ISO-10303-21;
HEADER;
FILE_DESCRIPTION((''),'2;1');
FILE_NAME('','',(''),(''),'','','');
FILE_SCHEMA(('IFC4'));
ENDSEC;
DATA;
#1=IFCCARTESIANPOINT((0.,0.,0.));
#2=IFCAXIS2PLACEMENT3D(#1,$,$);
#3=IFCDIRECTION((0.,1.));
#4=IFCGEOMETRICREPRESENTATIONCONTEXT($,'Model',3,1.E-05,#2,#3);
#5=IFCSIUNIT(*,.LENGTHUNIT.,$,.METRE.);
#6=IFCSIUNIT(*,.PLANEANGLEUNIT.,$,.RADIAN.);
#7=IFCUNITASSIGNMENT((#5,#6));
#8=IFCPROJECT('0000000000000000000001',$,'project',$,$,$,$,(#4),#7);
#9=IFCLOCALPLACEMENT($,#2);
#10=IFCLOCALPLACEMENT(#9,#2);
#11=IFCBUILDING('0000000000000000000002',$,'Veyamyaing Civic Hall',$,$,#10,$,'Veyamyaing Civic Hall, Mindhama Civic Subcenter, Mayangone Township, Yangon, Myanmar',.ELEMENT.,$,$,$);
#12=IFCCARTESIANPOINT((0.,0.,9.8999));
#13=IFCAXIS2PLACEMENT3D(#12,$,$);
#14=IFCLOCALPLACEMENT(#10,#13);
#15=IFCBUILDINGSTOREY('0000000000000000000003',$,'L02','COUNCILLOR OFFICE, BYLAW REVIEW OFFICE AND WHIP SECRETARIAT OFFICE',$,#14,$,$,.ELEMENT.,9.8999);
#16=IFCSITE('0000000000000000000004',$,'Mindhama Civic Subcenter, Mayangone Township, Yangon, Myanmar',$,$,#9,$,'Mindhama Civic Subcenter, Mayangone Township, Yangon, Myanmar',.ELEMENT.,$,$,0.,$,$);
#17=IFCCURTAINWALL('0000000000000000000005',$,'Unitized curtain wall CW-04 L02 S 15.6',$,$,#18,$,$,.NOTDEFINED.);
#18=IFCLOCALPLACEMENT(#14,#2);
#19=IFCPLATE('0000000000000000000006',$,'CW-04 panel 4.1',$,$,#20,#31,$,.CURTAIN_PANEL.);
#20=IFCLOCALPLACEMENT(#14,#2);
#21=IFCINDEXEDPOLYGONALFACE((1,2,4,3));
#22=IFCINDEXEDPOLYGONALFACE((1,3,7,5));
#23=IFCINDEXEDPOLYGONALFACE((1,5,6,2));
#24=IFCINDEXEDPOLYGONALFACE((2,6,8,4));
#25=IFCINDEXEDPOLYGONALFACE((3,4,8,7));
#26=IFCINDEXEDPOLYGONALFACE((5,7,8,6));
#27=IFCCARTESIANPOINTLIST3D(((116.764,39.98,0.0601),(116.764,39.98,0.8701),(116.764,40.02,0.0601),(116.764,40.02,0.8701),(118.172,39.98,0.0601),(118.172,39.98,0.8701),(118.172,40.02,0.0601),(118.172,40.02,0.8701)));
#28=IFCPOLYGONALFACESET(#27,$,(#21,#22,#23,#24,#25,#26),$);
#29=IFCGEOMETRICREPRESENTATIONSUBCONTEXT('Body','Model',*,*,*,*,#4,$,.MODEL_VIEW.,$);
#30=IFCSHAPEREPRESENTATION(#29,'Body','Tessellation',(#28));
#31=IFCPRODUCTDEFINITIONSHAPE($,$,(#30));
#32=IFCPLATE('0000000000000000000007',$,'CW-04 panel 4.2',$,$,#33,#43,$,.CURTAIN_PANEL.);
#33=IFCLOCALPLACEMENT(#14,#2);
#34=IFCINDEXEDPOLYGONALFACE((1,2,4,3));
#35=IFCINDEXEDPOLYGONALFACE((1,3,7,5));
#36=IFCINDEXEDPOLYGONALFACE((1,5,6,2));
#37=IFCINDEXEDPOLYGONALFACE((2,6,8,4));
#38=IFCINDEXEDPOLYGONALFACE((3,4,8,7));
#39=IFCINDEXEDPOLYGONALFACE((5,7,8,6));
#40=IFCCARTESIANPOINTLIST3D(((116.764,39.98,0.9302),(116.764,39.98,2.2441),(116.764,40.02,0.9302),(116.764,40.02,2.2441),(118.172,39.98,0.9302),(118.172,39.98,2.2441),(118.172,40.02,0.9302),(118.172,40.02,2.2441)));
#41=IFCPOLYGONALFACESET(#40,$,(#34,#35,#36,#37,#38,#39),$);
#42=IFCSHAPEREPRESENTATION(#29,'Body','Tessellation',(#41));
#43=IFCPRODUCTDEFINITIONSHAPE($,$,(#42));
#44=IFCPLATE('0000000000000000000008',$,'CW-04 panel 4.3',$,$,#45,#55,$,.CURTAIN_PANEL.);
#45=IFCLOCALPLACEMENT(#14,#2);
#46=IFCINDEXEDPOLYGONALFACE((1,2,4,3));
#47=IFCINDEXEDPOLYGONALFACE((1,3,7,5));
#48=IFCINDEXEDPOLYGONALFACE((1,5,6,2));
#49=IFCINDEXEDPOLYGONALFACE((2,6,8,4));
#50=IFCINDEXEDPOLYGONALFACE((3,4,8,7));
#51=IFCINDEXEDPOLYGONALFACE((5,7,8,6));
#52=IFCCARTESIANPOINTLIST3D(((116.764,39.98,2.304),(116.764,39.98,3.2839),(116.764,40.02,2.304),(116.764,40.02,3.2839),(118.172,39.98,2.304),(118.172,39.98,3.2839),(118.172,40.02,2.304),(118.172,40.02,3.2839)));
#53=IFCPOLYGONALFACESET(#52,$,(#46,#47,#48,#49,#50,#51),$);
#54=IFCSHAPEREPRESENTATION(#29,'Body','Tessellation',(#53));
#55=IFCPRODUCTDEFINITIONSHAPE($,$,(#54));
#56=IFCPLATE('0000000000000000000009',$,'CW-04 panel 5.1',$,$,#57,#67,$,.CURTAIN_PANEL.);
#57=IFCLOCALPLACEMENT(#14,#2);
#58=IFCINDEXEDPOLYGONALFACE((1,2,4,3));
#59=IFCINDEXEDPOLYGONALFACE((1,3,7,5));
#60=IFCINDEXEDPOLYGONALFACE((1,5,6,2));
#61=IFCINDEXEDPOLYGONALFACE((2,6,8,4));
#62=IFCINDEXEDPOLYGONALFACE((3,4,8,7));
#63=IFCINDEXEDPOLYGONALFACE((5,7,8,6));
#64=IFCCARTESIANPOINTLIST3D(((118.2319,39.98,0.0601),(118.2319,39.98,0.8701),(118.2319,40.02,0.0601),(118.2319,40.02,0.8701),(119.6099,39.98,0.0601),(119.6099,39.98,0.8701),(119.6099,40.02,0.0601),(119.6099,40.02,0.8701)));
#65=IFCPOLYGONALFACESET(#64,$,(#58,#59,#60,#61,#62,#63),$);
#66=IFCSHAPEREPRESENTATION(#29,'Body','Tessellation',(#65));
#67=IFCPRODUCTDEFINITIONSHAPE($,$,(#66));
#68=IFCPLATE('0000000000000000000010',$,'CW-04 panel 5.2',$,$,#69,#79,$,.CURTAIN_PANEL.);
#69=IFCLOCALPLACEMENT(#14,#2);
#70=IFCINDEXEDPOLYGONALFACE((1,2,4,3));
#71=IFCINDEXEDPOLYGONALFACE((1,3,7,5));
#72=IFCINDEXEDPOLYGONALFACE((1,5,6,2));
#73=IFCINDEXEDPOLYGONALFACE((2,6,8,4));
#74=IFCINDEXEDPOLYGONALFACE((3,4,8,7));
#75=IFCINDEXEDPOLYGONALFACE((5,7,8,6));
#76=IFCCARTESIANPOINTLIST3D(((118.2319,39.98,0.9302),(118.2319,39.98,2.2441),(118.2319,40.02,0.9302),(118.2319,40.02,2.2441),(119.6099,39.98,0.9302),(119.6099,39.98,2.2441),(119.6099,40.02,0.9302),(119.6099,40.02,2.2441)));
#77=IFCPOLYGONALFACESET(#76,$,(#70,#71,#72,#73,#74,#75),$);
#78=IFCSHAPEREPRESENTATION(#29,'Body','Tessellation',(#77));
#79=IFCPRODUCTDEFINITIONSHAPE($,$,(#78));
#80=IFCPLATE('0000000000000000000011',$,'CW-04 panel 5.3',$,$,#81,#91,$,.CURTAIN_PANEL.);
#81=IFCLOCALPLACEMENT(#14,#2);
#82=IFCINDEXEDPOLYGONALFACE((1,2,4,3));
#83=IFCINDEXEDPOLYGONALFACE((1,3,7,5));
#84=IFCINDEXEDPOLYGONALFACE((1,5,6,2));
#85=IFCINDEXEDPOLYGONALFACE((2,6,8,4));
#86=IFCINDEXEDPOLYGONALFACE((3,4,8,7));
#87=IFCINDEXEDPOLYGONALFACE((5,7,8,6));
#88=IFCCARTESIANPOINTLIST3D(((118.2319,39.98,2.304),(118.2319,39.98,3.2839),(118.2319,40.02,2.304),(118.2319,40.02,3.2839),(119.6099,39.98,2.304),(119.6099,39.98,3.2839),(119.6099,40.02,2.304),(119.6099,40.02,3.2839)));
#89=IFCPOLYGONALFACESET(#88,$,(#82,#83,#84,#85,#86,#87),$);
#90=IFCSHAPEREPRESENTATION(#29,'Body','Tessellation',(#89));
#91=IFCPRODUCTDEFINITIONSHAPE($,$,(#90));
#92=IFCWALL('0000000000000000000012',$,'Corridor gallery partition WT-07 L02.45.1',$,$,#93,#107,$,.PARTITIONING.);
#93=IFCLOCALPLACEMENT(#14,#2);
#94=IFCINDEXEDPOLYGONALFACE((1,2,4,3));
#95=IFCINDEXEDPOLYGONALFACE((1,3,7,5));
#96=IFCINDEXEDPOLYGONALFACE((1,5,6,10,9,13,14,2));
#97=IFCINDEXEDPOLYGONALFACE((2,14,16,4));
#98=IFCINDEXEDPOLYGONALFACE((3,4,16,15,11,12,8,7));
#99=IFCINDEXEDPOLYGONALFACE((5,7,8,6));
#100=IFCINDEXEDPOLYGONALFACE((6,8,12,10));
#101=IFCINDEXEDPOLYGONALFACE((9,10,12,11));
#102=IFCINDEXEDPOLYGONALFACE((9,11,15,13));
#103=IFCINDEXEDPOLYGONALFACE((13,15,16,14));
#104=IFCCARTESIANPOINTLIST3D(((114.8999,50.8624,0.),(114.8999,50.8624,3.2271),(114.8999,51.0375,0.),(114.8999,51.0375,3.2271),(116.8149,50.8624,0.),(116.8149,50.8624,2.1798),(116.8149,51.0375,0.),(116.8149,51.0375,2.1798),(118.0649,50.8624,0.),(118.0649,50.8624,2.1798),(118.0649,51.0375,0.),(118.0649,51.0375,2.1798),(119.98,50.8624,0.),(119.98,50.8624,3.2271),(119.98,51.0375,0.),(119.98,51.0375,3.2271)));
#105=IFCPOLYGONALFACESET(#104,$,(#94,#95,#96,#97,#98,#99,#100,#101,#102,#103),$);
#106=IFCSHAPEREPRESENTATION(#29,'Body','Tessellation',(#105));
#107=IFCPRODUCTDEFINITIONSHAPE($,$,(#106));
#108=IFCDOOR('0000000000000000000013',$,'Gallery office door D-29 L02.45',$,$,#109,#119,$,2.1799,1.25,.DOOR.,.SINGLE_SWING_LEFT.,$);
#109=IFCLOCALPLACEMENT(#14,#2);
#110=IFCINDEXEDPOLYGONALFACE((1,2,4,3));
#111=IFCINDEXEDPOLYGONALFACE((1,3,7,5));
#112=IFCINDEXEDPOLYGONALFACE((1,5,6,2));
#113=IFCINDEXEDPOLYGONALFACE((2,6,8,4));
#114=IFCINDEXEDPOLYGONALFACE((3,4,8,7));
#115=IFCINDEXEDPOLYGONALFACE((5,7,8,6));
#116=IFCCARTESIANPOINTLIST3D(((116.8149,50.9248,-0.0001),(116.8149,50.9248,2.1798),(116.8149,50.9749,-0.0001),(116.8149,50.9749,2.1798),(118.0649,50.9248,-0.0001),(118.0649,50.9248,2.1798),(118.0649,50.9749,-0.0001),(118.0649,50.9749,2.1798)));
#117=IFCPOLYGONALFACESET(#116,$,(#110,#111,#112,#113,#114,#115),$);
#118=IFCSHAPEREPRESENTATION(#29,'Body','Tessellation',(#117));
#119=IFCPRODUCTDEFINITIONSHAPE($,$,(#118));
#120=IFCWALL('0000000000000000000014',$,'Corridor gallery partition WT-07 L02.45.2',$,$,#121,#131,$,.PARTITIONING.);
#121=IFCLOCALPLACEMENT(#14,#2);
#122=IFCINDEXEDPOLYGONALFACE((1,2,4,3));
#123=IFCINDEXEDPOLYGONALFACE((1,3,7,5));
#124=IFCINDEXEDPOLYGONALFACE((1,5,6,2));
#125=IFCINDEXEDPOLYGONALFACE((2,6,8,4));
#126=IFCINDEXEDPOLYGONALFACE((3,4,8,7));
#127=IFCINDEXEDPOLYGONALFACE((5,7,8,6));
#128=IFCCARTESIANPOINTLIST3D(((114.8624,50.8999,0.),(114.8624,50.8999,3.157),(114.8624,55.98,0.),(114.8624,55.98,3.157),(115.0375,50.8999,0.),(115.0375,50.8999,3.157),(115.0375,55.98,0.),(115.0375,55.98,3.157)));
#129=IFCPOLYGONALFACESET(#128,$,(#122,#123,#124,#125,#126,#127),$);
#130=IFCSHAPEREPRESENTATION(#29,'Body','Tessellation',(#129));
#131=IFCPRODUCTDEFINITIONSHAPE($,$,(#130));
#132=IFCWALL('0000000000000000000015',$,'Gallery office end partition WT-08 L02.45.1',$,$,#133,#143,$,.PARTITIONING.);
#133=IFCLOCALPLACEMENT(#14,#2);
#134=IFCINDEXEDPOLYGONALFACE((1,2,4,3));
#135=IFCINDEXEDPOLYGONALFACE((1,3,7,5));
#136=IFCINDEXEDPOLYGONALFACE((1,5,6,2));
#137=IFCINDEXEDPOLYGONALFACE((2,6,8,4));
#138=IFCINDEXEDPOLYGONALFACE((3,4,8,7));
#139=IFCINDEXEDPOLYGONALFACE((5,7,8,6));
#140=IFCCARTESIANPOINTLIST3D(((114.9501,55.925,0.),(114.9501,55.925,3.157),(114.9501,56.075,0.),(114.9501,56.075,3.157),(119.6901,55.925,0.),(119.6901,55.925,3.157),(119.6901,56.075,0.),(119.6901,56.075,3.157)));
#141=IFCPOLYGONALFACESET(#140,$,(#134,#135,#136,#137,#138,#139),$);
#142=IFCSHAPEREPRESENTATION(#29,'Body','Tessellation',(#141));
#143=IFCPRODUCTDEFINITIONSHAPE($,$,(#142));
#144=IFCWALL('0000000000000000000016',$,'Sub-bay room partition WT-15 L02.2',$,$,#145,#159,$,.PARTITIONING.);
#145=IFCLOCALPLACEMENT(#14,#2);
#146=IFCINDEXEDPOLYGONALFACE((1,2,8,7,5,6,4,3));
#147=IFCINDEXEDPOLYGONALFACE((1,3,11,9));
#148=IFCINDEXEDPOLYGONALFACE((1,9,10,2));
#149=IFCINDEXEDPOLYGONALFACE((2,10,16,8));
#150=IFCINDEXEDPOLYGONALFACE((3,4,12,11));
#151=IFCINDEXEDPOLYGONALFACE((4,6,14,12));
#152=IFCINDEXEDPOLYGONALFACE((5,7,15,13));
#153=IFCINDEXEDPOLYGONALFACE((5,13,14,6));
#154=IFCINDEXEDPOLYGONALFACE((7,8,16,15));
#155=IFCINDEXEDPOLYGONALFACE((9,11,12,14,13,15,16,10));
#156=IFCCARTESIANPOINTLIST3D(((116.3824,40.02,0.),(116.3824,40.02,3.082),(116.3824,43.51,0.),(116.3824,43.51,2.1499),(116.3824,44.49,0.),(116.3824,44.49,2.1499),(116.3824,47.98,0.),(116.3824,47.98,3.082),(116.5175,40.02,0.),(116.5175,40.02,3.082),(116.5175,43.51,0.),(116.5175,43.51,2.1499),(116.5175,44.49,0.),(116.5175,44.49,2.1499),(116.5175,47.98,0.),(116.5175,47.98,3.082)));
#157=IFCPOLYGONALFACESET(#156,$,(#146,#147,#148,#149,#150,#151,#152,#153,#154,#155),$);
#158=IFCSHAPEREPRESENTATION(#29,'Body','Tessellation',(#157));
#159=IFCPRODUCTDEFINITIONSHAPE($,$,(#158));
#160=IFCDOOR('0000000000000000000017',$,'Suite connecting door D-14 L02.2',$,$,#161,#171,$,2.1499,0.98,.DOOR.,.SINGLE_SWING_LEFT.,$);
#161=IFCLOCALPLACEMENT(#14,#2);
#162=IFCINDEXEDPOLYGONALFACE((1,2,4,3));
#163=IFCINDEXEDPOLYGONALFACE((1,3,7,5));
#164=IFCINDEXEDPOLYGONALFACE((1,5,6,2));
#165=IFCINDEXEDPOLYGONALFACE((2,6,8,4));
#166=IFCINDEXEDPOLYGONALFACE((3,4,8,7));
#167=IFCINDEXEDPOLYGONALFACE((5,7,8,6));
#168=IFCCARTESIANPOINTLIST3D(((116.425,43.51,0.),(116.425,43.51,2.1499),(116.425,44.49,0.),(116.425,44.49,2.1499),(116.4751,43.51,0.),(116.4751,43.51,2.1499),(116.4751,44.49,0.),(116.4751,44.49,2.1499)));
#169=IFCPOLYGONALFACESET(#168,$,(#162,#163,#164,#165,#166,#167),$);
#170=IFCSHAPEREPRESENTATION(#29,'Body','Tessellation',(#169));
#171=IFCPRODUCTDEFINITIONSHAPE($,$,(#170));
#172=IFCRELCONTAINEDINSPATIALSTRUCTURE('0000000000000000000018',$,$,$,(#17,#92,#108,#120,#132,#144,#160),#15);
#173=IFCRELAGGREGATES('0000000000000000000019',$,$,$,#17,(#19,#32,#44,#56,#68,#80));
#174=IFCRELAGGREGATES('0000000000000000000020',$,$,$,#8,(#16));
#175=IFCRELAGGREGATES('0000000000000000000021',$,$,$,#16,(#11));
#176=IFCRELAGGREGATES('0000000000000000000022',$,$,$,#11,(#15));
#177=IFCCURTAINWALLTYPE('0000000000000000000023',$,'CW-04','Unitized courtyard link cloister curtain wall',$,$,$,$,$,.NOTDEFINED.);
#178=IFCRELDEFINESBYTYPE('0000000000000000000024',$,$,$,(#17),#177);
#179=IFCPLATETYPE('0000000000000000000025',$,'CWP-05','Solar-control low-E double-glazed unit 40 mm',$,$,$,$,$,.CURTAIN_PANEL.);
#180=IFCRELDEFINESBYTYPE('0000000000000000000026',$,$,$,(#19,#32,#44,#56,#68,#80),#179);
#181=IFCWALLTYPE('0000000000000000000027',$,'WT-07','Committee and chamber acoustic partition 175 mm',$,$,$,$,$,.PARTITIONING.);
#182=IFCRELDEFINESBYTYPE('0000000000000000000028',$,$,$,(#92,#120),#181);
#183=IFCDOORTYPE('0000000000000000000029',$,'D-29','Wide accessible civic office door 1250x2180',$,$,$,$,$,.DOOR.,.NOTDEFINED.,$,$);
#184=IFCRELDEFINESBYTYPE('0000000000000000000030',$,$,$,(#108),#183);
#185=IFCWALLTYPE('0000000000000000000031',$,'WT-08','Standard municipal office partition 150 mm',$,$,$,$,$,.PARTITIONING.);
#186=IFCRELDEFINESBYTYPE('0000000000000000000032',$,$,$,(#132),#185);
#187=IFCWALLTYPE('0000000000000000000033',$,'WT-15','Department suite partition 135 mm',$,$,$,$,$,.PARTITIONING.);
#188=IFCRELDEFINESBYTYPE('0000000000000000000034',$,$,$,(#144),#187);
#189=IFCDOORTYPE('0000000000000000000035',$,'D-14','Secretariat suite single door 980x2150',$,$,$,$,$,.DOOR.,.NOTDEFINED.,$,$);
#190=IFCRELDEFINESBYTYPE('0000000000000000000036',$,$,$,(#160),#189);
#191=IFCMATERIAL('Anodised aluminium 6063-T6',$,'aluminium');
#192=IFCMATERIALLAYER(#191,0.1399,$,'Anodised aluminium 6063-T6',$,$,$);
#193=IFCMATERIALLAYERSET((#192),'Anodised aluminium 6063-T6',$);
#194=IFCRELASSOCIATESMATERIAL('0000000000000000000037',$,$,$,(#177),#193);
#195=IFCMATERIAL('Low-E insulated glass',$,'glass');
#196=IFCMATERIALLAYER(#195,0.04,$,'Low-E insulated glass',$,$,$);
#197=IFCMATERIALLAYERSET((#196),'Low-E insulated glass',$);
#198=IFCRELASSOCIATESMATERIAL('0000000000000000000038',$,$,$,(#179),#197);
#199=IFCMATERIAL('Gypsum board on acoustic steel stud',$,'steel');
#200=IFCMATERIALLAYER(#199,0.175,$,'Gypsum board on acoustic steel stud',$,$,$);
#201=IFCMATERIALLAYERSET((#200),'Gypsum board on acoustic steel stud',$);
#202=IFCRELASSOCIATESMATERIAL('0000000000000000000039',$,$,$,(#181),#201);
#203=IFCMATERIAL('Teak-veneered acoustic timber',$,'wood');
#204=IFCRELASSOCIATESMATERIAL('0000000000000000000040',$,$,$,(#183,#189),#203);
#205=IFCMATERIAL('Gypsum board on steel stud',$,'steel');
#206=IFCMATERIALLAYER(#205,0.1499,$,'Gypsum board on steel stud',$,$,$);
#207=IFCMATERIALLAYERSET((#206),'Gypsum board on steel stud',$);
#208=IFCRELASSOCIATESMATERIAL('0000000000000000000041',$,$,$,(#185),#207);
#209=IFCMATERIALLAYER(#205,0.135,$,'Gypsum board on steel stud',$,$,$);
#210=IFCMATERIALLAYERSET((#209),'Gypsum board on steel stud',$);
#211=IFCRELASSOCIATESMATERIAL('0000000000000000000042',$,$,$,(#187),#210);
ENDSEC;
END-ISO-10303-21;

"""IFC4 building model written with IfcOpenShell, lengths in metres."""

from ifc_helpers import new_model, si_unit, direction, frame, frame_2d, origin, origin_2d, place, context, subcontext, project, spatial, rectangle, extrude, material, layer, layer_set, type_object, element, fill, aggregate, save


model = new_model("IFC4")

# Units and contexts
model_context = context("Model", 3, precision=1e-05, world=origin(), true_north=direction((0.0, 1.0)))
body_context = subcontext(model_context, "Body", "Model", "MODEL_VIEW")
ifc_project = project(units=[si_unit("LENGTHUNIT", "METRE"), si_unit("PLANEANGLEUNIT", "RADIAN")], contexts=[model_context])

# Site, building, storey
site_placement = place(None, origin())
site = spatial("IfcSite", under=ifc_project, at=site_placement, Name="Mindhama Civic Subcenter, Mayangone Township, Yangon, Myanmar", LongName="Mindhama Civic Subcenter, Mayangone Township, Yangon, Myanmar", CompositionType="ELEMENT", RefElevation=0.0)
building_placement = place(site_placement, origin())
building = spatial("IfcBuilding", under=site, at=building_placement, Name="Veyamyaing Civic Hall", LongName="Veyamyaing Civic Hall, Mindhama Civic Subcenter, Mayangone Township, Yangon, Myanmar", CompositionType="ELEMENT")
storey_placement = place(building_placement, frame((0.0, 0.0, 9.8999)))
storey = spatial("IfcBuildingStorey", under=building, at=storey_placement, Name="L02", Description="COUNCILLOR OFFICE, BYLAW REVIEW OFFICE AND WHIP SECRETARIAT OFFICE", CompositionType="ELEMENT", Elevation=9.8999)

# Curtain wall, plates
ifc_material_1 = material(Name="Anodised aluminium 6063-T6", Category="aluminium")
ifc_layer_1 = layer(ifc_material_1, 0.1399, Name="Anodised aluminium 6063-T6")
ifc_layer_set_1 = layer_set([ifc_layer_1], Name="Anodised aluminium 6063-T6")
curtain_wall_type = type_object("IfcCurtainWallType", Name="CW-04", Description="Unitized courtyard link cloister curtain wall", PredefinedType="NOTDEFINED", material=ifc_layer_set_1)
curtain_wall_placement = place(storey_placement, origin())
curtain_wall = element("IfcCurtainWall", 1, at=curtain_wall_placement, inside=storey, type_object=curtain_wall_type, Name="Unitized curtain wall CW-04 L02 S 15.6", PredefinedType="NOTDEFINED")
ifc_material_2 = material(Name="Low-E insulated glass", Category="glass")
ifc_layer_2 = layer(ifc_material_2, 0.04, Name="Low-E insulated glass")
ifc_layer_set_2 = layer_set([ifc_layer_2], Name="Low-E insulated glass")
plate_type = type_object("IfcPlateType", Name="CWP-05", Description="Solar-control low-E double-glazed unit 40 mm", PredefinedType="CURTAIN_PANEL", material=ifc_layer_set_2)
plate_1_placement = place(storey_placement, frame((117.468, 40.0, 0.0601), z_axis=(0.0, 0.0, 1.0), x_axis=(1.0, 0.0, 0.0)))
plate_1 = element("IfcPlate", 2, at=plate_1_placement, type_object=plate_type, Name="CW-04 panel 4.1", PredefinedType="CURTAIN_PANEL", context=body_context, shape_type="SweptSolid", body=[
    extrude(rectangle(XDim=1.408, YDim=0.04, at=origin_2d()), origin(), (0.0, 0.0, 1.0), 0.8101),
])
plate_2_placement = place(storey_placement, frame((117.468, 40.0, 0.9302), z_axis=(0.0, 0.0, 1.0), x_axis=(1.0, 0.0, 0.0)))
plate_2 = element("IfcPlate", 3, at=plate_2_placement, type_object=plate_type, Name="CW-04 panel 4.2", PredefinedType="CURTAIN_PANEL", context=body_context, shape_type="SweptSolid", body=[
    extrude(rectangle(XDim=1.408, YDim=0.04, at=origin_2d()), origin(), (0.0, 0.0, 1.0), 1.314),
])
plate_3_placement = place(storey_placement, frame((117.468, 40.0, 2.304), z_axis=(0.0, 0.0, 1.0), x_axis=(1.0, 0.0, 0.0)))
plate_3 = element("IfcPlate", 4, at=plate_3_placement, type_object=plate_type, Name="CW-04 panel 4.3", PredefinedType="CURTAIN_PANEL", context=body_context, shape_type="SweptSolid", body=[
    extrude(rectangle(XDim=1.408, YDim=0.04, at=origin_2d()), origin(), (0.0, 0.0, 1.0), 0.98),
])
plate_4_placement = place(storey_placement, frame((118.9209, 40.0, 0.0601), z_axis=(0.0, 0.0, 1.0), x_axis=(1.0, 0.0, 0.0)))
plate_4 = element("IfcPlate", 5, at=plate_4_placement, type_object=plate_type, Name="CW-04 panel 5.1", PredefinedType="CURTAIN_PANEL", context=body_context, shape_type="SweptSolid", body=[
    extrude(rectangle(XDim=1.3779, YDim=0.04, at=origin_2d()), origin(), (0.0, 0.0, 1.0), 0.8101),
])
plate_5_placement = place(storey_placement, frame((118.9209, 40.0, 0.9302), z_axis=(0.0, 0.0, 1.0), x_axis=(1.0, 0.0, 0.0)))
plate_5 = element("IfcPlate", 6, at=plate_5_placement, type_object=plate_type, Name="CW-04 panel 5.2", PredefinedType="CURTAIN_PANEL", context=body_context, shape_type="SweptSolid", body=[
    extrude(rectangle(XDim=1.3779, YDim=0.04, at=origin_2d()), origin(), (0.0, 0.0, 1.0), 1.314),
])
plate_6_placement = place(storey_placement, frame((118.9209, 40.0, 2.304), z_axis=(0.0, 0.0, 1.0), x_axis=(1.0, 0.0, 0.0)))
plate_6 = element("IfcPlate", 7, at=plate_6_placement, type_object=plate_type, Name="CW-04 panel 5.3", PredefinedType="CURTAIN_PANEL", context=body_context, shape_type="SweptSolid", body=[
    extrude(rectangle(XDim=1.3779, YDim=0.04, at=origin_2d()), origin(), (0.0, 0.0, 1.0), 0.98),
])
aggregate(curtain_wall, [plate_1, plate_2, plate_3, plate_4, plate_5, plate_6])

# Wall, opening, door
ifc_material_3 = material(Name="Gypsum board on acoustic steel stud", Category="steel")
ifc_layer_3 = layer(ifc_material_3, 0.175, Name="Gypsum board on acoustic steel stud")
ifc_layer_set_3 = layer_set([ifc_layer_3], Name="Gypsum board on acoustic steel stud")
wall_type_1 = type_object("IfcWallType", Name="WT-07", Description="Committee and chamber acoustic partition 175 mm", PredefinedType="PARTITIONING", material=ifc_layer_set_3)
wall_1_placement = place(storey_placement, frame((114.8999, 50.95, 0.0), z_axis=(0.0, 0.0, 1.0), x_axis=(1.0, 0.0, 0.0)))
wall_1 = element("IfcWall", 8, at=wall_1_placement, inside=storey, type_object=wall_type_1, Name="Corridor gallery partition WT-07 L02.45.1", PredefinedType="PARTITIONING", context=body_context, shape_type="SweptSolid", body=[
    extrude(rectangle(XDim=5.0801, YDim=0.175, at=frame_2d((2.54, 0.0))), origin(), (0.0, 0.0, 1.0), 3.2271),
])
opening_1_placement = place(wall_1_placement, frame((1.915, 0.0, 0.0)))
opening_1 = element("IfcOpeningElement", 9, at=opening_1_placement, cuts=wall_1, PredefinedType="OPENING", context=body_context, shape_type="SweptSolid", body=[
    extrude(rectangle(XDim=1.25, YDim=2.1799, at=frame_2d((0.625, 1.0898))), frame((0.0, 0.0974, 0.0), z_axis=(0.0, -1.0, 0.0), x_axis=(1.0, 0.0, 0.0)), (0.0, 0.0, 1.0), 0.1951),
])
ifc_material_4 = material(Name="Teak-veneered acoustic timber", Category="wood")
door_type_1 = type_object("IfcDoorType", Name="D-29", Description="Wide accessible civic office door 1250x2180", OperationType="NOTDEFINED", PredefinedType="DOOR", material=ifc_material_4)
door_1_placement = place(opening_1_placement, origin())
door_1 = element("IfcDoor", 10, at=door_1_placement, inside=storey, type_object=door_type_1, Name="Gallery office door D-29 L02.45", OperationType="SINGLE_SWING_LEFT", OverallHeight=2.1799, OverallWidth=1.25, PredefinedType="DOOR", context=body_context, shape_type="SweptSolid", body=[
    extrude(rectangle(XDim=1.25, YDim=2.1799, at=frame_2d((0.625, 1.0898))), frame((0.0, 0.0249, 0.0), z_axis=(0.0, -1.0, 0.0), x_axis=(1.0, 0.0, 0.0)), (0.0, 0.0, 1.0), 0.05),
])
fill(opening_1, door_1)

# Walls
wall_2_placement = place(storey_placement, frame((114.95, 50.8999, 0.0), z_axis=(0.0, 0.0, 1.0), x_axis=(0.0, 1.0, 0.0)))
element("IfcWall", 11, at=wall_2_placement, inside=storey, type_object=wall_type_1, Name="Corridor gallery partition WT-07 L02.45.2", PredefinedType="PARTITIONING", context=body_context, shape_type="SweptSolid", body=[
    extrude(rectangle(XDim=5.0801, YDim=0.175, at=frame_2d((2.54, 0.0))), origin(), (0.0, 0.0, 1.0), 3.157),
])
ifc_material_5 = material(Name="Gypsum board on steel stud", Category="steel")
ifc_layer_4 = layer(ifc_material_5, 0.1499, Name="Gypsum board on steel stud")
ifc_layer_set_4 = layer_set([ifc_layer_4], Name="Gypsum board on steel stud")
wall_type_2 = type_object("IfcWallType", Name="WT-08", Description="Standard municipal office partition 150 mm", PredefinedType="PARTITIONING", material=ifc_layer_set_4)
wall_3_placement = place(storey_placement, frame((114.95, 56.0, 0.0), z_axis=(0.0, 0.0, 1.0), x_axis=(1.0, 0.0, 0.0)))
element("IfcWall", 12, at=wall_3_placement, inside=storey, type_object=wall_type_2, Name="Gallery office end partition WT-08 L02.45.1", PredefinedType="PARTITIONING", context=body_context, shape_type="SweptSolid", body=[
    extrude(rectangle(XDim=4.74, YDim=0.1499, at=frame_2d((2.3701, 0.0))), origin(), (0.0, 0.0, 1.0), 3.157),
])

# Wall, opening, door
ifc_layer_5 = layer(ifc_material_5, 0.135, Name="Gypsum board on steel stud")
ifc_layer_set_5 = layer_set([ifc_layer_5], Name="Gypsum board on steel stud")
wall_type_3 = type_object("IfcWallType", Name="WT-15", Description="Department suite partition 135 mm", PredefinedType="PARTITIONING", material=ifc_layer_set_5)
wall_4_placement = place(storey_placement, frame((116.45, 40.02, 0.0), z_axis=(0.0, 0.0, 1.0), x_axis=(0.0, 1.0, 0.0)))
wall_4 = element("IfcWall", 13, at=wall_4_placement, inside=storey, type_object=wall_type_3, Name="Sub-bay room partition WT-15 L02.2", PredefinedType="PARTITIONING", context=body_context, shape_type="SweptSolid", body=[
    extrude(rectangle(XDim=7.96, YDim=0.135, at=frame_2d((3.98, 0.0))), origin(), (0.0, 0.0, 1.0), 3.082),
])
opening_2_placement = place(wall_4_placement, frame((3.49, 0.0, 0.0)))
opening_2 = element("IfcOpeningElement", 14, at=opening_2_placement, cuts=wall_4, PredefinedType="OPENING", context=body_context, shape_type="SweptSolid", body=[
    extrude(rectangle(XDim=0.98, YDim=2.1499, at=frame_2d((0.49, 1.075))), frame((0.0, 0.0774, 0.0), z_axis=(0.0, -1.0, 0.0), x_axis=(1.0, 0.0, 0.0)), (0.0, 0.0, 1.0), 0.155),
])
door_type_2 = type_object("IfcDoorType", Name="D-14", Description="Secretariat suite single door 980x2150", OperationType="NOTDEFINED", PredefinedType="DOOR", material=ifc_material_4)
door_2_placement = place(opening_2_placement, origin())
door_2 = element("IfcDoor", 15, at=door_2_placement, inside=storey, type_object=door_type_2, Name="Suite connecting door D-14 L02.2", OperationType="SINGLE_SWING_LEFT", OverallHeight=2.1499, OverallWidth=0.98, PredefinedType="DOOR", context=body_context, shape_type="SweptSolid", body=[
    extrude(rectangle(XDim=0.98, YDim=2.1499, at=frame_2d((0.49, 1.075))), frame((0.0, 0.0249, 0.0), z_axis=(0.0, -1.0, 0.0), x_axis=(1.0, 0.0, 0.0)), (0.0, 0.0, 1.0), 0.05),
])
fill(opening_2, door_2)

save(model, "model.ifc")
